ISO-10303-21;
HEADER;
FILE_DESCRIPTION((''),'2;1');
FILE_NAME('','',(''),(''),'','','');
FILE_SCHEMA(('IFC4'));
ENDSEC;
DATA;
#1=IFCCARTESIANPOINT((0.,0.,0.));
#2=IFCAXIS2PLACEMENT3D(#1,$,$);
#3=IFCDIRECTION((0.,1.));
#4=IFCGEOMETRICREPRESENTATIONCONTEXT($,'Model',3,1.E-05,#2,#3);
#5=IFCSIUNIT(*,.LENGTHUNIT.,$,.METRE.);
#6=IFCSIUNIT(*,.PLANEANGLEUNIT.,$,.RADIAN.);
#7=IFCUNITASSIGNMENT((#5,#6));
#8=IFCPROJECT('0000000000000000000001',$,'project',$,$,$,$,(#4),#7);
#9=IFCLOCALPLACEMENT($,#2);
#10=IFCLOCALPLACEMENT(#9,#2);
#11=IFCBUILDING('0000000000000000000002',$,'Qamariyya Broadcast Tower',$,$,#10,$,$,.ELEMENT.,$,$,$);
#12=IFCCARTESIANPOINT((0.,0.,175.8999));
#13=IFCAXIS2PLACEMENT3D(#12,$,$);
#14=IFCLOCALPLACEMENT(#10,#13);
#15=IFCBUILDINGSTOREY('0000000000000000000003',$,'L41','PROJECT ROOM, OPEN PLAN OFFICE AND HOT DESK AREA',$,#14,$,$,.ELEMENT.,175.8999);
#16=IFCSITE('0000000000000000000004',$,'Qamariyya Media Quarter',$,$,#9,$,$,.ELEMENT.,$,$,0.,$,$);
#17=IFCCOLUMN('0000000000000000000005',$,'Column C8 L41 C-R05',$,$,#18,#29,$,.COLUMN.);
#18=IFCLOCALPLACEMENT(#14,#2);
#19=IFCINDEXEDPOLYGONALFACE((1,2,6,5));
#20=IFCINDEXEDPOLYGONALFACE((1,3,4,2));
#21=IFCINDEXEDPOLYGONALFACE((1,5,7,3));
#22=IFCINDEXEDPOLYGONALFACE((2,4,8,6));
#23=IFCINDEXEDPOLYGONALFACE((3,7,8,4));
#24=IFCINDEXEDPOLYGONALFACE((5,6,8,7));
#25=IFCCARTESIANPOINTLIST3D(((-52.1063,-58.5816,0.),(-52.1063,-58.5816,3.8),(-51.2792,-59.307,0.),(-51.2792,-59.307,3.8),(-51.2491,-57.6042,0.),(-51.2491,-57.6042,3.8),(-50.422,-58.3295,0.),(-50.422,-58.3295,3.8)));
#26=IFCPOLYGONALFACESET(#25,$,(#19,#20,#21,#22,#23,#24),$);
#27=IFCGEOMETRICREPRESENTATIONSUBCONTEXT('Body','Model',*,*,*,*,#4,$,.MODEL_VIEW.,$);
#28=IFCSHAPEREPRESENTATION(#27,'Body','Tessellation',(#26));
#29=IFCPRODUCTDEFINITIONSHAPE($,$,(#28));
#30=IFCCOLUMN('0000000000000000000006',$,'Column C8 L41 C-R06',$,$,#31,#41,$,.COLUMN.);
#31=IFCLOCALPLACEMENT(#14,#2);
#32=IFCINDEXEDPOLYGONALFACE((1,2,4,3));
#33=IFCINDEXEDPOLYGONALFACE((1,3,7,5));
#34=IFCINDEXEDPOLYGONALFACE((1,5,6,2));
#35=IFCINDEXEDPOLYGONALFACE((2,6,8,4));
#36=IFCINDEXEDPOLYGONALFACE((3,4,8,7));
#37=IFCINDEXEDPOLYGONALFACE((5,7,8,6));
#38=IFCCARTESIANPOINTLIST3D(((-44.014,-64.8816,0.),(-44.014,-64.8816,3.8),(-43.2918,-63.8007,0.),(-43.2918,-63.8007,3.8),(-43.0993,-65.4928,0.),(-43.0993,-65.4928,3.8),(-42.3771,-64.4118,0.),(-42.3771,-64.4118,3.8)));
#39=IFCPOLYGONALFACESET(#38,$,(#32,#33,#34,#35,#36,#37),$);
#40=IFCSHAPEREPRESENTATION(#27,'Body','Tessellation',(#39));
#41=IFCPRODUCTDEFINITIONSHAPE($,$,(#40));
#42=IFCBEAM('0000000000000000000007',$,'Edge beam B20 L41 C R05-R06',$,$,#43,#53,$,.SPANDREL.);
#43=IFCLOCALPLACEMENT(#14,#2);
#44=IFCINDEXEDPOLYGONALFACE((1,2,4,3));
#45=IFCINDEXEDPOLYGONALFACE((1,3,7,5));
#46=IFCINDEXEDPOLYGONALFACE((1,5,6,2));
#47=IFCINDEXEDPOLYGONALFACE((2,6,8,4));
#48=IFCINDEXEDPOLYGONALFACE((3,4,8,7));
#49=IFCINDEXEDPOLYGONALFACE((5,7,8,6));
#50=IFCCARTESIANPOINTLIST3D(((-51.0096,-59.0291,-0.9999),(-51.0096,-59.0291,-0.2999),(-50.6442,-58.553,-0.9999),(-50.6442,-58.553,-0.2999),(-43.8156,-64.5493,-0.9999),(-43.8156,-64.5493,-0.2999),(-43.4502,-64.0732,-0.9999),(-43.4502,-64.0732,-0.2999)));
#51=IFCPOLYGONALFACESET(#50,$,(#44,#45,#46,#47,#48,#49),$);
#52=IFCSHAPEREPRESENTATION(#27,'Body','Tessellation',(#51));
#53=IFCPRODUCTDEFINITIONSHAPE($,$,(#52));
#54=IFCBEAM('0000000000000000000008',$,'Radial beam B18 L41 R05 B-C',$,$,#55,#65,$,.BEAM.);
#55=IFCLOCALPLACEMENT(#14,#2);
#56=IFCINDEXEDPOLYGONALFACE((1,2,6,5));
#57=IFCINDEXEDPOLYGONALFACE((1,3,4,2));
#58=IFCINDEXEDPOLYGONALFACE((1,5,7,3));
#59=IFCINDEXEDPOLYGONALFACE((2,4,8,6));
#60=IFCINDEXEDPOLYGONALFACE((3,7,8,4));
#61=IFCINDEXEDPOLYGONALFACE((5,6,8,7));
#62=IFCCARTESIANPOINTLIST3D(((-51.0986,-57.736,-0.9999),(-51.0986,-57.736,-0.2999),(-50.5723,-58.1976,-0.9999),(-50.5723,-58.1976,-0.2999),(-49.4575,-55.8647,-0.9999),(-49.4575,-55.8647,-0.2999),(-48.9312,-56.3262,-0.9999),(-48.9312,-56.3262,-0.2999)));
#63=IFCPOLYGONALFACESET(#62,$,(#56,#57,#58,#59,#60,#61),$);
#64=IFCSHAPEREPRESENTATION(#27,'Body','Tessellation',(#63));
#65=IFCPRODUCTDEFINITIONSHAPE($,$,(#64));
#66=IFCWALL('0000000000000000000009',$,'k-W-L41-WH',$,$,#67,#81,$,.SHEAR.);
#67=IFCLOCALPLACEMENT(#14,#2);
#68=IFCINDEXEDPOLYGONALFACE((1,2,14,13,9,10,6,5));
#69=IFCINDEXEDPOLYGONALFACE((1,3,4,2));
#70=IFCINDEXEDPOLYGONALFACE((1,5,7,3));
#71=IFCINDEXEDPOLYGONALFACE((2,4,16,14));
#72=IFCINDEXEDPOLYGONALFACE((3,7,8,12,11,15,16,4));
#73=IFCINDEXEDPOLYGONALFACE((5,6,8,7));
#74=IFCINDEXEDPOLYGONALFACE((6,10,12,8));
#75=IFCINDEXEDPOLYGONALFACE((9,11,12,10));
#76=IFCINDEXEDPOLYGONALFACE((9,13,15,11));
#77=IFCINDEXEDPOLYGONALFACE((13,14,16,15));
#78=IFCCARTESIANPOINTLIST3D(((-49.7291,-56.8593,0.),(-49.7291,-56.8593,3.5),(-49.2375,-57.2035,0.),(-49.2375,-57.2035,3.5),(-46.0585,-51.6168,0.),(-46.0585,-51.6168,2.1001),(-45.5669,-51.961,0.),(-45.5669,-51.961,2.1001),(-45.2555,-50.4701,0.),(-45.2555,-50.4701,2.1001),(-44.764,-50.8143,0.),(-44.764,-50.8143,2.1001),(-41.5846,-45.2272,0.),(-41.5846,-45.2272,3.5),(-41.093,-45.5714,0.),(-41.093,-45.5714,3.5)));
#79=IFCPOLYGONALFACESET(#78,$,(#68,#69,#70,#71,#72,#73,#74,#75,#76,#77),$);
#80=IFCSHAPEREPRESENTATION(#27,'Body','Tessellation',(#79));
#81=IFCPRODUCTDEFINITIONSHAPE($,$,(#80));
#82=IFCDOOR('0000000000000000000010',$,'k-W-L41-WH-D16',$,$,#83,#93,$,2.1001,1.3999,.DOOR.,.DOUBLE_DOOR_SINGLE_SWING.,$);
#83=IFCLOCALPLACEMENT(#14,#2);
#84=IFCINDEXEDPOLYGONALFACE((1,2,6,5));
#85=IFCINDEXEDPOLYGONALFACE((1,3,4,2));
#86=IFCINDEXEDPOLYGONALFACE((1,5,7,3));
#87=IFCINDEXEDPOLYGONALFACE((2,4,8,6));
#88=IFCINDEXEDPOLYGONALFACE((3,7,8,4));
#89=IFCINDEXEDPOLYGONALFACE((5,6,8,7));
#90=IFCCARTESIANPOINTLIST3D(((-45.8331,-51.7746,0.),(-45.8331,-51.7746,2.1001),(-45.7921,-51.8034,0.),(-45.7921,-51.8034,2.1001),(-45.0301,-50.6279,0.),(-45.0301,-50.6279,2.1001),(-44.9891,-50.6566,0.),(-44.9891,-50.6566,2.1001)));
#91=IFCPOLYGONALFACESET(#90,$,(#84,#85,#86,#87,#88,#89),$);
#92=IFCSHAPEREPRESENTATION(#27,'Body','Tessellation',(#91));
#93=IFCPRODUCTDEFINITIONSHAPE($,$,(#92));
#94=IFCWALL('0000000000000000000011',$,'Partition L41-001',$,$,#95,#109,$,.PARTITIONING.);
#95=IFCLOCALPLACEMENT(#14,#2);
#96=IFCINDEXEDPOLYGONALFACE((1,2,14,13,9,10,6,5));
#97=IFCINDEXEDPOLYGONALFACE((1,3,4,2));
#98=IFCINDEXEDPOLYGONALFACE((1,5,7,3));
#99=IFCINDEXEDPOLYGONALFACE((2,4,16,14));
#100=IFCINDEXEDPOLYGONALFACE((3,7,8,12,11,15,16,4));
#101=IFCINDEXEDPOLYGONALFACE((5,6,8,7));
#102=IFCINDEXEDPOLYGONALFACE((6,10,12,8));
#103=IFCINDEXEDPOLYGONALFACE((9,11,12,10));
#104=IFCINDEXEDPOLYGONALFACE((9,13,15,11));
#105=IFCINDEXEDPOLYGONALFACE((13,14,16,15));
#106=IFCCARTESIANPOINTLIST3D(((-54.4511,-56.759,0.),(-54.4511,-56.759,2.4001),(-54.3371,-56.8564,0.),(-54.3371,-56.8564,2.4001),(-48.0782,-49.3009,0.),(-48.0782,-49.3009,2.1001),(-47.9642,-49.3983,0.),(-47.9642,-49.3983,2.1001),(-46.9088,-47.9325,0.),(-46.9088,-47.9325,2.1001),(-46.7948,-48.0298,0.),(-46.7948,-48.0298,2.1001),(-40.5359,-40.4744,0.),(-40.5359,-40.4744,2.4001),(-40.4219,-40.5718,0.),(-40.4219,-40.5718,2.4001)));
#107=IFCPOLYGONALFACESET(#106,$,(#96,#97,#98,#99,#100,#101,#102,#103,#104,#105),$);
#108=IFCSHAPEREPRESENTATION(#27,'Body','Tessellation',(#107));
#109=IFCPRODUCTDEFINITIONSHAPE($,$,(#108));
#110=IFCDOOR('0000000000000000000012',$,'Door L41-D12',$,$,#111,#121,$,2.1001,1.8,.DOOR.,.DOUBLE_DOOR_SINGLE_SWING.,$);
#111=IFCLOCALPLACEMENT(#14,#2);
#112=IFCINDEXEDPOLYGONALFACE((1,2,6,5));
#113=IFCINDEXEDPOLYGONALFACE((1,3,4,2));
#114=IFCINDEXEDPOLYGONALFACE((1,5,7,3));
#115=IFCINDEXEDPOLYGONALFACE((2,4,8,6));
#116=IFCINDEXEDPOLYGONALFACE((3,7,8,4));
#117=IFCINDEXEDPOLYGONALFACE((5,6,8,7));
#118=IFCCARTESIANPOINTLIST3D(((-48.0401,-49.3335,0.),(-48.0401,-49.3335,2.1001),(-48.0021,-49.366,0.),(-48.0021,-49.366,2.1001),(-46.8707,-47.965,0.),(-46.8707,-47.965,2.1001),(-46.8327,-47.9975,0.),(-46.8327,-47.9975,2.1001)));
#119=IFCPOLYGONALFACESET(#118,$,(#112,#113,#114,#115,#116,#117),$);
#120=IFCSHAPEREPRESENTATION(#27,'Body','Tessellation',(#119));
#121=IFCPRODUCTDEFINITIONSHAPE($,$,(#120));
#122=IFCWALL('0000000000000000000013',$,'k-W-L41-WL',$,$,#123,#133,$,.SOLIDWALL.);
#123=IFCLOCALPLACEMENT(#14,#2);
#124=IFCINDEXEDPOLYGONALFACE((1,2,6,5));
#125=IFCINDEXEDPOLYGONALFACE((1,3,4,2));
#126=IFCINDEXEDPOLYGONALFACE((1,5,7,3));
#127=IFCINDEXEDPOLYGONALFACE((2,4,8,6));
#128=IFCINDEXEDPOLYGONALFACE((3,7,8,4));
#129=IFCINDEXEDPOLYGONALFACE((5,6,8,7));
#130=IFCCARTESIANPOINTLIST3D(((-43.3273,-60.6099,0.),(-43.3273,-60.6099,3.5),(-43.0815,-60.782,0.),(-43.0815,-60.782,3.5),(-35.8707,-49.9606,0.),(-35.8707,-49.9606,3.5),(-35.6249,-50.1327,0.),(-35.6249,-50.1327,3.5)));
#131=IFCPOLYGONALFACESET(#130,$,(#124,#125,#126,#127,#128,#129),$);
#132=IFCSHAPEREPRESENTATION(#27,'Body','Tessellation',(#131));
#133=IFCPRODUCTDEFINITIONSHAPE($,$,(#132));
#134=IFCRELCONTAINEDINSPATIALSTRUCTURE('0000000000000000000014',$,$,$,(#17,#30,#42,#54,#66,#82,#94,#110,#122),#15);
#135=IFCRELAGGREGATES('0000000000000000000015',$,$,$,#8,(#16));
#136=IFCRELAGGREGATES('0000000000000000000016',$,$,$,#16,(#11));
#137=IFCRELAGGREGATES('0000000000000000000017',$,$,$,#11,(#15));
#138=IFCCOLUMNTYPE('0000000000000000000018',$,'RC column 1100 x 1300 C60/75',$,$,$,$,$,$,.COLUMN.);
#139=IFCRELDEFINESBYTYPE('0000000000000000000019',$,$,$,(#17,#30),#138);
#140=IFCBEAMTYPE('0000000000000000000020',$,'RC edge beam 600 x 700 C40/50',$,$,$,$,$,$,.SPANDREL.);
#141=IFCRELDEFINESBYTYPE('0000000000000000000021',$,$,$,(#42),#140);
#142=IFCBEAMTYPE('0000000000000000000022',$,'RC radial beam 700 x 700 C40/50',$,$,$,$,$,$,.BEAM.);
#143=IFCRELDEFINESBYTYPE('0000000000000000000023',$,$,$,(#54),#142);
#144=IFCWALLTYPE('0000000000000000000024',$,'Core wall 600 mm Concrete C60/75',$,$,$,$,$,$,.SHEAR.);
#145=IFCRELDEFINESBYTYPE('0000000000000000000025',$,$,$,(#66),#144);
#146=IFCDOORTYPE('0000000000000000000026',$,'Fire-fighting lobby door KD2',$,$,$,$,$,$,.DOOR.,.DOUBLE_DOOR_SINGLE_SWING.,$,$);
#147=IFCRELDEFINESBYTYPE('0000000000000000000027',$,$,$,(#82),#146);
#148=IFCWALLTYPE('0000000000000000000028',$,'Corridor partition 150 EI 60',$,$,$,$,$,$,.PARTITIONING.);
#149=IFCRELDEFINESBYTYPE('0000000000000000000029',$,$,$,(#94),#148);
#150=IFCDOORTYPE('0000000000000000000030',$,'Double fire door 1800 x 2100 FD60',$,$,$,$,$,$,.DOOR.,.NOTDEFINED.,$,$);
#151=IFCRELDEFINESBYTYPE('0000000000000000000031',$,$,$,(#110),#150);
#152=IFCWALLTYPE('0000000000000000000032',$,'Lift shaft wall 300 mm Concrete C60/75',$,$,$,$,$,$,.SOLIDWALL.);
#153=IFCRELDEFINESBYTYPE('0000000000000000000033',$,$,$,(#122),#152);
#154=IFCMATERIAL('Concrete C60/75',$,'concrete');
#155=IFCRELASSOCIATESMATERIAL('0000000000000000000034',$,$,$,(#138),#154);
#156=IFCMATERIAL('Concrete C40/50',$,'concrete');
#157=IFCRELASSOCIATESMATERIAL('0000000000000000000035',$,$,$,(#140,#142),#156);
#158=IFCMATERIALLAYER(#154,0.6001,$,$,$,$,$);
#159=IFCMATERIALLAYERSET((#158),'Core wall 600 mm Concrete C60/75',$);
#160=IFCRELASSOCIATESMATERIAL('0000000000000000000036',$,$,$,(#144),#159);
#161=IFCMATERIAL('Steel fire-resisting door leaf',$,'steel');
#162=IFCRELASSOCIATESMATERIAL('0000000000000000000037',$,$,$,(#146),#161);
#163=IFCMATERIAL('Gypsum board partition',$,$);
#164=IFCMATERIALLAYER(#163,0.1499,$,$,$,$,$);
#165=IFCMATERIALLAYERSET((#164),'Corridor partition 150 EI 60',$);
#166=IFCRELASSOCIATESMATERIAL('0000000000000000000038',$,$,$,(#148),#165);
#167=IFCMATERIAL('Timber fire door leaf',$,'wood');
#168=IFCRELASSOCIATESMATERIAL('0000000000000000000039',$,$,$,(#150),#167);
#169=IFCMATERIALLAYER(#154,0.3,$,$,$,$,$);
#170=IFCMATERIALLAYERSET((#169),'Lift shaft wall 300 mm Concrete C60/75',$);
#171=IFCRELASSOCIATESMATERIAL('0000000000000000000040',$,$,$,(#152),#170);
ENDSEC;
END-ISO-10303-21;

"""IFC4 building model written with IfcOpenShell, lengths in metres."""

from ifc_helpers import new_model, si_unit, direction, frame, frame_2d, origin, origin_2d, place, context, subcontext, project, spatial, rectangle, extrude, material, layer, layer_set, material_profile, profile_set, type_object, element, fill, save


model = new_model("IFC4")

# Units and contexts
model_context = context("Model", 3, precision=1e-05, world=origin(), true_north=direction((0.0, 1.0)))
body_context = subcontext(model_context, "Body", "Model", "MODEL_VIEW")
ifc_project = project(units=[si_unit("LENGTHUNIT", "METRE"), si_unit("PLANEANGLEUNIT", "RADIAN")], contexts=[model_context])

# Site, building, storey
site_placement = place(None, origin())
site = spatial("IfcSite", under=ifc_project, at=site_placement, Name="Qamariyya Media Quarter", CompositionType="ELEMENT", RefElevation=0.0)
building_placement = place(site_placement, origin())
building = spatial("IfcBuilding", under=site, at=building_placement, Name="Qamariyya Broadcast Tower", CompositionType="ELEMENT")
storey_placement = place(building_placement, frame((0.0, 0.0, 175.8999)))
storey = spatial("IfcBuildingStorey", under=building, at=storey_placement, Name="L41", Description="PROJECT ROOM, OPEN PLAN OFFICE AND HOT DESK AREA", CompositionType="ELEMENT", Elevation=175.8999)

# Columns
ifc_material_1 = material(Name="Concrete C60/75", Category="concrete")
ifc_material_profile_1 = material_profile(ifc_material_1, rectangle(XDim=1.1001, YDim=1.3, at=origin_2d()))
ifc_profile_set_1 = profile_set([ifc_material_profile_1], Name="Concrete C60/75")
column_type = type_object("IfcColumnType", Name="RC column 1100 x 1300 C60/75", PredefinedType="COLUMN", material=ifc_profile_set_1)
for number, where, z_axis, x_axis, name in (
    (1, (-51.2642, -58.4556, 0.0), (0.0, 0.0, 1.0), (0.75184, -0.659346, 0.0), "Column C8 L41 C-R05"),
    (2, (-43.1956, -64.6467, 0.0), (0.0, 0.0, 1.0), (0.83147, -0.55557, 0.0), "Column C8 L41 C-R06"),
):
    element("IfcColumn", number, at=place(storey_placement, frame(where, z_axis=z_axis, x_axis=x_axis)), inside=storey, type_object=column_type, Name=name, PredefinedType="COLUMN", context=body_context, shape_type="SweptSolid", body=[
        extrude(rectangle(XDim=1.1001, YDim=1.3, at=origin_2d()), origin(), (0.0, 0.0, 1.0), 3.8),
    ])

# Beams
ifc_material_2 = material(Name="Concrete C40/50", Category="concrete")
ifc_material_profile_2 = material_profile(ifc_material_2, rectangle(XDim=0.6001, YDim=0.7, at=origin_2d()))
ifc_profile_set_2 = profile_set([ifc_material_profile_2], Name="Concrete C40/50")
beam_type_1 = type_object("IfcBeamType", Name="RC edge beam 600 x 700 C40/50", PredefinedType="SPANDREL", material=ifc_profile_set_2)
beam_1_placement = place(storey_placement, frame((-50.8269, -58.791, -0.6499), z_axis=(0.793351, -0.608764, 0.0), x_axis=(0.608764, 0.793351, 0.0)))
element("IfcBeam", 3, at=beam_1_placement, inside=storey, type_object=beam_type_1, Name="Edge beam B20 L41 C R05-R06", PredefinedType="SPANDREL", context=body_context, shape_type="SweptSolid", body=[
    extrude(rectangle(XDim=0.6001, YDim=0.7, at=origin_2d()), origin(), (0.0, 0.0, 1.0), 9.0679),
])
ifc_material_profile_3 = material_profile(ifc_material_2, rectangle(XDim=0.7, YDim=0.7, at=origin_2d()))
ifc_profile_set_3 = profile_set([ifc_material_profile_3], Name="Concrete C40/50")
beam_type_2 = type_object("IfcBeamType", Name="RC radial beam 700 x 700 C40/50", PredefinedType="BEAM", material=ifc_profile_set_3)
beam_2_placement = place(storey_placement, frame((-49.1943, -56.0955, -0.6499), z_axis=(-0.659344, -0.751841, 0.0), x_axis=(0.751841, -0.659344, 0.0)))
element("IfcBeam", 4, at=beam_2_placement, inside=storey, type_object=beam_type_2, Name="Radial beam B18 L41 R05 B-C", PredefinedType="BEAM", context=body_context, shape_type="SweptSolid", body=[
    extrude(rectangle(XDim=0.7, YDim=0.7, at=origin_2d()), origin(), (0.0, 0.0, 1.0), 2.489),
])

# Walls, openings, doors
ifc_layer_1 = layer(ifc_material_1, 0.6001)
ifc_layer_set_1 = layer_set([ifc_layer_1], Name="Core wall 600 mm Concrete C60/75")
wall_type_1 = type_object("IfcWallType", Name="Core wall 600 mm Concrete C60/75", PredefinedType="SHEAR", material=ifc_layer_set_1)
wall_1_placement = place(storey_placement, frame((-49.4834, -57.0315, 0.0), z_axis=(0.0, 0.0, 1.0), x_axis=(0.57356, 0.819163, 0.0)))
wall_1 = element("IfcWall", 5, at=wall_1_placement, inside=storey, type_object=wall_type_1, Name="k-W-L41-WH", PredefinedType="SHEAR", context=body_context, shape_type="SweptSolid", body=[
    extrude(rectangle(XDim=14.2, YDim=0.6001, at=frame_2d((7.1001, 0.0))), origin(), (0.0, 0.0, 1.0), 3.5),
])
opening_1_placement = place(wall_1_placement, frame((6.3999, 0.0, 0.0)))
opening_1 = element("IfcOpeningElement", 6, at=opening_1_placement, cuts=wall_1, PredefinedType="OPENING", context=body_context, shape_type="SweptSolid", body=[
    extrude(rectangle(XDim=1.3999, YDim=2.1001, at=frame_2d((0.7, 1.05))), frame((0.0, 0.3101, 0.0), z_axis=(0.0, -1.0, 0.0), x_axis=(1.0, 0.0, 0.0)), (0.0, 0.0, 1.0), 0.6201),
])
ifc_material_3 = material(Name="Steel fire-resisting door leaf", Category="steel")
door_type_1 = type_object("IfcDoorType", Name="Fire-fighting lobby door KD2", OperationType="DOUBLE_DOOR_SINGLE_SWING", PredefinedType="DOOR", material=ifc_material_3)
door_1_placement = place(opening_1_placement, origin())
door_1 = element("IfcDoor", 7, at=door_1_placement, inside=storey, type_object=door_type_1, Name="k-W-L41-WH-D16", OperationType="DOUBLE_DOOR_SINGLE_SWING", OverallHeight=2.1001, OverallWidth=1.3999, PredefinedType="DOOR", context=body_context, shape_type="SweptSolid", body=[
    extrude(rectangle(XDim=1.3999, YDim=2.1001, at=frame_2d((0.7, 1.05))), frame((0.0, 0.0249, 0.0), z_axis=(0.0, -1.0, 0.0), x_axis=(1.0, 0.0, 0.0)), (0.0, 0.0, 1.0), 0.05),
])
fill(opening_1, door_1)
ifc_material_4 = material(Name="Gypsum board partition")
ifc_layer_2 = layer(ifc_material_4, 0.1499)
ifc_layer_set_2 = layer_set([ifc_layer_2], Name="Corridor partition 150 EI 60")
wall_type_2 = type_object("IfcWallType", Name="Corridor partition 150 EI 60", PredefinedType="PARTITIONING", material=ifc_layer_set_2)
wall_2_placement = place(storey_placement, frame((-54.394, -56.8076, 0.0), z_axis=(0.0, 0.0, 1.0), x_axis=(0.649633, 0.760248, 0.0)))
wall_2 = element("IfcWall", 8, at=wall_2_placement, inside=storey, type_object=wall_type_2, Name="Partition L41-001", PredefinedType="PARTITIONING", context=body_context, shape_type="SweptSolid", body=[
    extrude(rectangle(XDim=21.4202, YDim=0.1499, at=frame_2d((10.71, 0.0))), origin(), (0.0, 0.0, 1.0), 2.4001),
])
opening_2_placement = place(wall_2_placement, frame((9.8101, 0.0, 0.0)))
opening_2 = element("IfcOpeningElement", 9, at=opening_2_placement, cuts=wall_2, PredefinedType="OPENING", context=body_context, shape_type="SweptSolid", body=[
    extrude(rectangle(XDim=1.8, YDim=2.1001, at=frame_2d((0.8999, 1.05))), frame((0.0, 0.085, 0.0), z_axis=(0.0, -1.0, 0.0), x_axis=(1.0, 0.0, 0.0)), (0.0, 0.0, 1.0), 0.1699),
])
ifc_material_5 = material(Name="Timber fire door leaf", Category="wood")
door_type_2 = type_object("IfcDoorType", Name="Double fire door 1800 x 2100 FD60", OperationType="NOTDEFINED", PredefinedType="DOOR", material=ifc_material_5)
door_2_placement = place(opening_2_placement, origin())
door_2 = element("IfcDoor", 10, at=door_2_placement, inside=storey, type_object=door_type_2, Name="Door L41-D12", OperationType="DOUBLE_DOOR_SINGLE_SWING", OverallHeight=2.1001, OverallWidth=1.8, PredefinedType="DOOR", context=body_context, shape_type="SweptSolid", body=[
    extrude(rectangle(XDim=1.8, YDim=2.1001, at=frame_2d((0.8999, 1.05))), frame((0.0, 0.0249, 0.0), z_axis=(0.0, -1.0, 0.0), x_axis=(1.0, 0.0, 0.0)), (0.0, 0.0, 1.0), 0.05),
])
fill(opening_2, door_2)

# Wall
ifc_layer_3 = layer(ifc_material_1, 0.3)
ifc_layer_set_3 = layer_set([ifc_layer_3], Name="Lift shaft wall 300 mm Concrete C60/75")
wall_type_3 = type_object("IfcWallType", Name="Lift shaft wall 300 mm Concrete C60/75", PredefinedType="SOLIDWALL", material=ifc_layer_set_3)
wall_3_placement = place(storey_placement, frame((-43.2043, -60.6958, 0.0), z_axis=(0.0, 0.0, 1.0), x_axis=(0.573572, 0.819155, 0.0)))
element("IfcWall", 11, at=wall_3_placement, inside=storey, type_object=wall_type_3, Name="k-W-L41-WL", PredefinedType="SOLIDWALL", context=body_context, shape_type="SweptSolid", body=[
    extrude(rectangle(XDim=13.0002, YDim=0.3, at=frame_2d((6.5, 0.0))), origin(), (0.0, 0.0, 1.0), 3.5),
])

save(model, "model.ifc")
